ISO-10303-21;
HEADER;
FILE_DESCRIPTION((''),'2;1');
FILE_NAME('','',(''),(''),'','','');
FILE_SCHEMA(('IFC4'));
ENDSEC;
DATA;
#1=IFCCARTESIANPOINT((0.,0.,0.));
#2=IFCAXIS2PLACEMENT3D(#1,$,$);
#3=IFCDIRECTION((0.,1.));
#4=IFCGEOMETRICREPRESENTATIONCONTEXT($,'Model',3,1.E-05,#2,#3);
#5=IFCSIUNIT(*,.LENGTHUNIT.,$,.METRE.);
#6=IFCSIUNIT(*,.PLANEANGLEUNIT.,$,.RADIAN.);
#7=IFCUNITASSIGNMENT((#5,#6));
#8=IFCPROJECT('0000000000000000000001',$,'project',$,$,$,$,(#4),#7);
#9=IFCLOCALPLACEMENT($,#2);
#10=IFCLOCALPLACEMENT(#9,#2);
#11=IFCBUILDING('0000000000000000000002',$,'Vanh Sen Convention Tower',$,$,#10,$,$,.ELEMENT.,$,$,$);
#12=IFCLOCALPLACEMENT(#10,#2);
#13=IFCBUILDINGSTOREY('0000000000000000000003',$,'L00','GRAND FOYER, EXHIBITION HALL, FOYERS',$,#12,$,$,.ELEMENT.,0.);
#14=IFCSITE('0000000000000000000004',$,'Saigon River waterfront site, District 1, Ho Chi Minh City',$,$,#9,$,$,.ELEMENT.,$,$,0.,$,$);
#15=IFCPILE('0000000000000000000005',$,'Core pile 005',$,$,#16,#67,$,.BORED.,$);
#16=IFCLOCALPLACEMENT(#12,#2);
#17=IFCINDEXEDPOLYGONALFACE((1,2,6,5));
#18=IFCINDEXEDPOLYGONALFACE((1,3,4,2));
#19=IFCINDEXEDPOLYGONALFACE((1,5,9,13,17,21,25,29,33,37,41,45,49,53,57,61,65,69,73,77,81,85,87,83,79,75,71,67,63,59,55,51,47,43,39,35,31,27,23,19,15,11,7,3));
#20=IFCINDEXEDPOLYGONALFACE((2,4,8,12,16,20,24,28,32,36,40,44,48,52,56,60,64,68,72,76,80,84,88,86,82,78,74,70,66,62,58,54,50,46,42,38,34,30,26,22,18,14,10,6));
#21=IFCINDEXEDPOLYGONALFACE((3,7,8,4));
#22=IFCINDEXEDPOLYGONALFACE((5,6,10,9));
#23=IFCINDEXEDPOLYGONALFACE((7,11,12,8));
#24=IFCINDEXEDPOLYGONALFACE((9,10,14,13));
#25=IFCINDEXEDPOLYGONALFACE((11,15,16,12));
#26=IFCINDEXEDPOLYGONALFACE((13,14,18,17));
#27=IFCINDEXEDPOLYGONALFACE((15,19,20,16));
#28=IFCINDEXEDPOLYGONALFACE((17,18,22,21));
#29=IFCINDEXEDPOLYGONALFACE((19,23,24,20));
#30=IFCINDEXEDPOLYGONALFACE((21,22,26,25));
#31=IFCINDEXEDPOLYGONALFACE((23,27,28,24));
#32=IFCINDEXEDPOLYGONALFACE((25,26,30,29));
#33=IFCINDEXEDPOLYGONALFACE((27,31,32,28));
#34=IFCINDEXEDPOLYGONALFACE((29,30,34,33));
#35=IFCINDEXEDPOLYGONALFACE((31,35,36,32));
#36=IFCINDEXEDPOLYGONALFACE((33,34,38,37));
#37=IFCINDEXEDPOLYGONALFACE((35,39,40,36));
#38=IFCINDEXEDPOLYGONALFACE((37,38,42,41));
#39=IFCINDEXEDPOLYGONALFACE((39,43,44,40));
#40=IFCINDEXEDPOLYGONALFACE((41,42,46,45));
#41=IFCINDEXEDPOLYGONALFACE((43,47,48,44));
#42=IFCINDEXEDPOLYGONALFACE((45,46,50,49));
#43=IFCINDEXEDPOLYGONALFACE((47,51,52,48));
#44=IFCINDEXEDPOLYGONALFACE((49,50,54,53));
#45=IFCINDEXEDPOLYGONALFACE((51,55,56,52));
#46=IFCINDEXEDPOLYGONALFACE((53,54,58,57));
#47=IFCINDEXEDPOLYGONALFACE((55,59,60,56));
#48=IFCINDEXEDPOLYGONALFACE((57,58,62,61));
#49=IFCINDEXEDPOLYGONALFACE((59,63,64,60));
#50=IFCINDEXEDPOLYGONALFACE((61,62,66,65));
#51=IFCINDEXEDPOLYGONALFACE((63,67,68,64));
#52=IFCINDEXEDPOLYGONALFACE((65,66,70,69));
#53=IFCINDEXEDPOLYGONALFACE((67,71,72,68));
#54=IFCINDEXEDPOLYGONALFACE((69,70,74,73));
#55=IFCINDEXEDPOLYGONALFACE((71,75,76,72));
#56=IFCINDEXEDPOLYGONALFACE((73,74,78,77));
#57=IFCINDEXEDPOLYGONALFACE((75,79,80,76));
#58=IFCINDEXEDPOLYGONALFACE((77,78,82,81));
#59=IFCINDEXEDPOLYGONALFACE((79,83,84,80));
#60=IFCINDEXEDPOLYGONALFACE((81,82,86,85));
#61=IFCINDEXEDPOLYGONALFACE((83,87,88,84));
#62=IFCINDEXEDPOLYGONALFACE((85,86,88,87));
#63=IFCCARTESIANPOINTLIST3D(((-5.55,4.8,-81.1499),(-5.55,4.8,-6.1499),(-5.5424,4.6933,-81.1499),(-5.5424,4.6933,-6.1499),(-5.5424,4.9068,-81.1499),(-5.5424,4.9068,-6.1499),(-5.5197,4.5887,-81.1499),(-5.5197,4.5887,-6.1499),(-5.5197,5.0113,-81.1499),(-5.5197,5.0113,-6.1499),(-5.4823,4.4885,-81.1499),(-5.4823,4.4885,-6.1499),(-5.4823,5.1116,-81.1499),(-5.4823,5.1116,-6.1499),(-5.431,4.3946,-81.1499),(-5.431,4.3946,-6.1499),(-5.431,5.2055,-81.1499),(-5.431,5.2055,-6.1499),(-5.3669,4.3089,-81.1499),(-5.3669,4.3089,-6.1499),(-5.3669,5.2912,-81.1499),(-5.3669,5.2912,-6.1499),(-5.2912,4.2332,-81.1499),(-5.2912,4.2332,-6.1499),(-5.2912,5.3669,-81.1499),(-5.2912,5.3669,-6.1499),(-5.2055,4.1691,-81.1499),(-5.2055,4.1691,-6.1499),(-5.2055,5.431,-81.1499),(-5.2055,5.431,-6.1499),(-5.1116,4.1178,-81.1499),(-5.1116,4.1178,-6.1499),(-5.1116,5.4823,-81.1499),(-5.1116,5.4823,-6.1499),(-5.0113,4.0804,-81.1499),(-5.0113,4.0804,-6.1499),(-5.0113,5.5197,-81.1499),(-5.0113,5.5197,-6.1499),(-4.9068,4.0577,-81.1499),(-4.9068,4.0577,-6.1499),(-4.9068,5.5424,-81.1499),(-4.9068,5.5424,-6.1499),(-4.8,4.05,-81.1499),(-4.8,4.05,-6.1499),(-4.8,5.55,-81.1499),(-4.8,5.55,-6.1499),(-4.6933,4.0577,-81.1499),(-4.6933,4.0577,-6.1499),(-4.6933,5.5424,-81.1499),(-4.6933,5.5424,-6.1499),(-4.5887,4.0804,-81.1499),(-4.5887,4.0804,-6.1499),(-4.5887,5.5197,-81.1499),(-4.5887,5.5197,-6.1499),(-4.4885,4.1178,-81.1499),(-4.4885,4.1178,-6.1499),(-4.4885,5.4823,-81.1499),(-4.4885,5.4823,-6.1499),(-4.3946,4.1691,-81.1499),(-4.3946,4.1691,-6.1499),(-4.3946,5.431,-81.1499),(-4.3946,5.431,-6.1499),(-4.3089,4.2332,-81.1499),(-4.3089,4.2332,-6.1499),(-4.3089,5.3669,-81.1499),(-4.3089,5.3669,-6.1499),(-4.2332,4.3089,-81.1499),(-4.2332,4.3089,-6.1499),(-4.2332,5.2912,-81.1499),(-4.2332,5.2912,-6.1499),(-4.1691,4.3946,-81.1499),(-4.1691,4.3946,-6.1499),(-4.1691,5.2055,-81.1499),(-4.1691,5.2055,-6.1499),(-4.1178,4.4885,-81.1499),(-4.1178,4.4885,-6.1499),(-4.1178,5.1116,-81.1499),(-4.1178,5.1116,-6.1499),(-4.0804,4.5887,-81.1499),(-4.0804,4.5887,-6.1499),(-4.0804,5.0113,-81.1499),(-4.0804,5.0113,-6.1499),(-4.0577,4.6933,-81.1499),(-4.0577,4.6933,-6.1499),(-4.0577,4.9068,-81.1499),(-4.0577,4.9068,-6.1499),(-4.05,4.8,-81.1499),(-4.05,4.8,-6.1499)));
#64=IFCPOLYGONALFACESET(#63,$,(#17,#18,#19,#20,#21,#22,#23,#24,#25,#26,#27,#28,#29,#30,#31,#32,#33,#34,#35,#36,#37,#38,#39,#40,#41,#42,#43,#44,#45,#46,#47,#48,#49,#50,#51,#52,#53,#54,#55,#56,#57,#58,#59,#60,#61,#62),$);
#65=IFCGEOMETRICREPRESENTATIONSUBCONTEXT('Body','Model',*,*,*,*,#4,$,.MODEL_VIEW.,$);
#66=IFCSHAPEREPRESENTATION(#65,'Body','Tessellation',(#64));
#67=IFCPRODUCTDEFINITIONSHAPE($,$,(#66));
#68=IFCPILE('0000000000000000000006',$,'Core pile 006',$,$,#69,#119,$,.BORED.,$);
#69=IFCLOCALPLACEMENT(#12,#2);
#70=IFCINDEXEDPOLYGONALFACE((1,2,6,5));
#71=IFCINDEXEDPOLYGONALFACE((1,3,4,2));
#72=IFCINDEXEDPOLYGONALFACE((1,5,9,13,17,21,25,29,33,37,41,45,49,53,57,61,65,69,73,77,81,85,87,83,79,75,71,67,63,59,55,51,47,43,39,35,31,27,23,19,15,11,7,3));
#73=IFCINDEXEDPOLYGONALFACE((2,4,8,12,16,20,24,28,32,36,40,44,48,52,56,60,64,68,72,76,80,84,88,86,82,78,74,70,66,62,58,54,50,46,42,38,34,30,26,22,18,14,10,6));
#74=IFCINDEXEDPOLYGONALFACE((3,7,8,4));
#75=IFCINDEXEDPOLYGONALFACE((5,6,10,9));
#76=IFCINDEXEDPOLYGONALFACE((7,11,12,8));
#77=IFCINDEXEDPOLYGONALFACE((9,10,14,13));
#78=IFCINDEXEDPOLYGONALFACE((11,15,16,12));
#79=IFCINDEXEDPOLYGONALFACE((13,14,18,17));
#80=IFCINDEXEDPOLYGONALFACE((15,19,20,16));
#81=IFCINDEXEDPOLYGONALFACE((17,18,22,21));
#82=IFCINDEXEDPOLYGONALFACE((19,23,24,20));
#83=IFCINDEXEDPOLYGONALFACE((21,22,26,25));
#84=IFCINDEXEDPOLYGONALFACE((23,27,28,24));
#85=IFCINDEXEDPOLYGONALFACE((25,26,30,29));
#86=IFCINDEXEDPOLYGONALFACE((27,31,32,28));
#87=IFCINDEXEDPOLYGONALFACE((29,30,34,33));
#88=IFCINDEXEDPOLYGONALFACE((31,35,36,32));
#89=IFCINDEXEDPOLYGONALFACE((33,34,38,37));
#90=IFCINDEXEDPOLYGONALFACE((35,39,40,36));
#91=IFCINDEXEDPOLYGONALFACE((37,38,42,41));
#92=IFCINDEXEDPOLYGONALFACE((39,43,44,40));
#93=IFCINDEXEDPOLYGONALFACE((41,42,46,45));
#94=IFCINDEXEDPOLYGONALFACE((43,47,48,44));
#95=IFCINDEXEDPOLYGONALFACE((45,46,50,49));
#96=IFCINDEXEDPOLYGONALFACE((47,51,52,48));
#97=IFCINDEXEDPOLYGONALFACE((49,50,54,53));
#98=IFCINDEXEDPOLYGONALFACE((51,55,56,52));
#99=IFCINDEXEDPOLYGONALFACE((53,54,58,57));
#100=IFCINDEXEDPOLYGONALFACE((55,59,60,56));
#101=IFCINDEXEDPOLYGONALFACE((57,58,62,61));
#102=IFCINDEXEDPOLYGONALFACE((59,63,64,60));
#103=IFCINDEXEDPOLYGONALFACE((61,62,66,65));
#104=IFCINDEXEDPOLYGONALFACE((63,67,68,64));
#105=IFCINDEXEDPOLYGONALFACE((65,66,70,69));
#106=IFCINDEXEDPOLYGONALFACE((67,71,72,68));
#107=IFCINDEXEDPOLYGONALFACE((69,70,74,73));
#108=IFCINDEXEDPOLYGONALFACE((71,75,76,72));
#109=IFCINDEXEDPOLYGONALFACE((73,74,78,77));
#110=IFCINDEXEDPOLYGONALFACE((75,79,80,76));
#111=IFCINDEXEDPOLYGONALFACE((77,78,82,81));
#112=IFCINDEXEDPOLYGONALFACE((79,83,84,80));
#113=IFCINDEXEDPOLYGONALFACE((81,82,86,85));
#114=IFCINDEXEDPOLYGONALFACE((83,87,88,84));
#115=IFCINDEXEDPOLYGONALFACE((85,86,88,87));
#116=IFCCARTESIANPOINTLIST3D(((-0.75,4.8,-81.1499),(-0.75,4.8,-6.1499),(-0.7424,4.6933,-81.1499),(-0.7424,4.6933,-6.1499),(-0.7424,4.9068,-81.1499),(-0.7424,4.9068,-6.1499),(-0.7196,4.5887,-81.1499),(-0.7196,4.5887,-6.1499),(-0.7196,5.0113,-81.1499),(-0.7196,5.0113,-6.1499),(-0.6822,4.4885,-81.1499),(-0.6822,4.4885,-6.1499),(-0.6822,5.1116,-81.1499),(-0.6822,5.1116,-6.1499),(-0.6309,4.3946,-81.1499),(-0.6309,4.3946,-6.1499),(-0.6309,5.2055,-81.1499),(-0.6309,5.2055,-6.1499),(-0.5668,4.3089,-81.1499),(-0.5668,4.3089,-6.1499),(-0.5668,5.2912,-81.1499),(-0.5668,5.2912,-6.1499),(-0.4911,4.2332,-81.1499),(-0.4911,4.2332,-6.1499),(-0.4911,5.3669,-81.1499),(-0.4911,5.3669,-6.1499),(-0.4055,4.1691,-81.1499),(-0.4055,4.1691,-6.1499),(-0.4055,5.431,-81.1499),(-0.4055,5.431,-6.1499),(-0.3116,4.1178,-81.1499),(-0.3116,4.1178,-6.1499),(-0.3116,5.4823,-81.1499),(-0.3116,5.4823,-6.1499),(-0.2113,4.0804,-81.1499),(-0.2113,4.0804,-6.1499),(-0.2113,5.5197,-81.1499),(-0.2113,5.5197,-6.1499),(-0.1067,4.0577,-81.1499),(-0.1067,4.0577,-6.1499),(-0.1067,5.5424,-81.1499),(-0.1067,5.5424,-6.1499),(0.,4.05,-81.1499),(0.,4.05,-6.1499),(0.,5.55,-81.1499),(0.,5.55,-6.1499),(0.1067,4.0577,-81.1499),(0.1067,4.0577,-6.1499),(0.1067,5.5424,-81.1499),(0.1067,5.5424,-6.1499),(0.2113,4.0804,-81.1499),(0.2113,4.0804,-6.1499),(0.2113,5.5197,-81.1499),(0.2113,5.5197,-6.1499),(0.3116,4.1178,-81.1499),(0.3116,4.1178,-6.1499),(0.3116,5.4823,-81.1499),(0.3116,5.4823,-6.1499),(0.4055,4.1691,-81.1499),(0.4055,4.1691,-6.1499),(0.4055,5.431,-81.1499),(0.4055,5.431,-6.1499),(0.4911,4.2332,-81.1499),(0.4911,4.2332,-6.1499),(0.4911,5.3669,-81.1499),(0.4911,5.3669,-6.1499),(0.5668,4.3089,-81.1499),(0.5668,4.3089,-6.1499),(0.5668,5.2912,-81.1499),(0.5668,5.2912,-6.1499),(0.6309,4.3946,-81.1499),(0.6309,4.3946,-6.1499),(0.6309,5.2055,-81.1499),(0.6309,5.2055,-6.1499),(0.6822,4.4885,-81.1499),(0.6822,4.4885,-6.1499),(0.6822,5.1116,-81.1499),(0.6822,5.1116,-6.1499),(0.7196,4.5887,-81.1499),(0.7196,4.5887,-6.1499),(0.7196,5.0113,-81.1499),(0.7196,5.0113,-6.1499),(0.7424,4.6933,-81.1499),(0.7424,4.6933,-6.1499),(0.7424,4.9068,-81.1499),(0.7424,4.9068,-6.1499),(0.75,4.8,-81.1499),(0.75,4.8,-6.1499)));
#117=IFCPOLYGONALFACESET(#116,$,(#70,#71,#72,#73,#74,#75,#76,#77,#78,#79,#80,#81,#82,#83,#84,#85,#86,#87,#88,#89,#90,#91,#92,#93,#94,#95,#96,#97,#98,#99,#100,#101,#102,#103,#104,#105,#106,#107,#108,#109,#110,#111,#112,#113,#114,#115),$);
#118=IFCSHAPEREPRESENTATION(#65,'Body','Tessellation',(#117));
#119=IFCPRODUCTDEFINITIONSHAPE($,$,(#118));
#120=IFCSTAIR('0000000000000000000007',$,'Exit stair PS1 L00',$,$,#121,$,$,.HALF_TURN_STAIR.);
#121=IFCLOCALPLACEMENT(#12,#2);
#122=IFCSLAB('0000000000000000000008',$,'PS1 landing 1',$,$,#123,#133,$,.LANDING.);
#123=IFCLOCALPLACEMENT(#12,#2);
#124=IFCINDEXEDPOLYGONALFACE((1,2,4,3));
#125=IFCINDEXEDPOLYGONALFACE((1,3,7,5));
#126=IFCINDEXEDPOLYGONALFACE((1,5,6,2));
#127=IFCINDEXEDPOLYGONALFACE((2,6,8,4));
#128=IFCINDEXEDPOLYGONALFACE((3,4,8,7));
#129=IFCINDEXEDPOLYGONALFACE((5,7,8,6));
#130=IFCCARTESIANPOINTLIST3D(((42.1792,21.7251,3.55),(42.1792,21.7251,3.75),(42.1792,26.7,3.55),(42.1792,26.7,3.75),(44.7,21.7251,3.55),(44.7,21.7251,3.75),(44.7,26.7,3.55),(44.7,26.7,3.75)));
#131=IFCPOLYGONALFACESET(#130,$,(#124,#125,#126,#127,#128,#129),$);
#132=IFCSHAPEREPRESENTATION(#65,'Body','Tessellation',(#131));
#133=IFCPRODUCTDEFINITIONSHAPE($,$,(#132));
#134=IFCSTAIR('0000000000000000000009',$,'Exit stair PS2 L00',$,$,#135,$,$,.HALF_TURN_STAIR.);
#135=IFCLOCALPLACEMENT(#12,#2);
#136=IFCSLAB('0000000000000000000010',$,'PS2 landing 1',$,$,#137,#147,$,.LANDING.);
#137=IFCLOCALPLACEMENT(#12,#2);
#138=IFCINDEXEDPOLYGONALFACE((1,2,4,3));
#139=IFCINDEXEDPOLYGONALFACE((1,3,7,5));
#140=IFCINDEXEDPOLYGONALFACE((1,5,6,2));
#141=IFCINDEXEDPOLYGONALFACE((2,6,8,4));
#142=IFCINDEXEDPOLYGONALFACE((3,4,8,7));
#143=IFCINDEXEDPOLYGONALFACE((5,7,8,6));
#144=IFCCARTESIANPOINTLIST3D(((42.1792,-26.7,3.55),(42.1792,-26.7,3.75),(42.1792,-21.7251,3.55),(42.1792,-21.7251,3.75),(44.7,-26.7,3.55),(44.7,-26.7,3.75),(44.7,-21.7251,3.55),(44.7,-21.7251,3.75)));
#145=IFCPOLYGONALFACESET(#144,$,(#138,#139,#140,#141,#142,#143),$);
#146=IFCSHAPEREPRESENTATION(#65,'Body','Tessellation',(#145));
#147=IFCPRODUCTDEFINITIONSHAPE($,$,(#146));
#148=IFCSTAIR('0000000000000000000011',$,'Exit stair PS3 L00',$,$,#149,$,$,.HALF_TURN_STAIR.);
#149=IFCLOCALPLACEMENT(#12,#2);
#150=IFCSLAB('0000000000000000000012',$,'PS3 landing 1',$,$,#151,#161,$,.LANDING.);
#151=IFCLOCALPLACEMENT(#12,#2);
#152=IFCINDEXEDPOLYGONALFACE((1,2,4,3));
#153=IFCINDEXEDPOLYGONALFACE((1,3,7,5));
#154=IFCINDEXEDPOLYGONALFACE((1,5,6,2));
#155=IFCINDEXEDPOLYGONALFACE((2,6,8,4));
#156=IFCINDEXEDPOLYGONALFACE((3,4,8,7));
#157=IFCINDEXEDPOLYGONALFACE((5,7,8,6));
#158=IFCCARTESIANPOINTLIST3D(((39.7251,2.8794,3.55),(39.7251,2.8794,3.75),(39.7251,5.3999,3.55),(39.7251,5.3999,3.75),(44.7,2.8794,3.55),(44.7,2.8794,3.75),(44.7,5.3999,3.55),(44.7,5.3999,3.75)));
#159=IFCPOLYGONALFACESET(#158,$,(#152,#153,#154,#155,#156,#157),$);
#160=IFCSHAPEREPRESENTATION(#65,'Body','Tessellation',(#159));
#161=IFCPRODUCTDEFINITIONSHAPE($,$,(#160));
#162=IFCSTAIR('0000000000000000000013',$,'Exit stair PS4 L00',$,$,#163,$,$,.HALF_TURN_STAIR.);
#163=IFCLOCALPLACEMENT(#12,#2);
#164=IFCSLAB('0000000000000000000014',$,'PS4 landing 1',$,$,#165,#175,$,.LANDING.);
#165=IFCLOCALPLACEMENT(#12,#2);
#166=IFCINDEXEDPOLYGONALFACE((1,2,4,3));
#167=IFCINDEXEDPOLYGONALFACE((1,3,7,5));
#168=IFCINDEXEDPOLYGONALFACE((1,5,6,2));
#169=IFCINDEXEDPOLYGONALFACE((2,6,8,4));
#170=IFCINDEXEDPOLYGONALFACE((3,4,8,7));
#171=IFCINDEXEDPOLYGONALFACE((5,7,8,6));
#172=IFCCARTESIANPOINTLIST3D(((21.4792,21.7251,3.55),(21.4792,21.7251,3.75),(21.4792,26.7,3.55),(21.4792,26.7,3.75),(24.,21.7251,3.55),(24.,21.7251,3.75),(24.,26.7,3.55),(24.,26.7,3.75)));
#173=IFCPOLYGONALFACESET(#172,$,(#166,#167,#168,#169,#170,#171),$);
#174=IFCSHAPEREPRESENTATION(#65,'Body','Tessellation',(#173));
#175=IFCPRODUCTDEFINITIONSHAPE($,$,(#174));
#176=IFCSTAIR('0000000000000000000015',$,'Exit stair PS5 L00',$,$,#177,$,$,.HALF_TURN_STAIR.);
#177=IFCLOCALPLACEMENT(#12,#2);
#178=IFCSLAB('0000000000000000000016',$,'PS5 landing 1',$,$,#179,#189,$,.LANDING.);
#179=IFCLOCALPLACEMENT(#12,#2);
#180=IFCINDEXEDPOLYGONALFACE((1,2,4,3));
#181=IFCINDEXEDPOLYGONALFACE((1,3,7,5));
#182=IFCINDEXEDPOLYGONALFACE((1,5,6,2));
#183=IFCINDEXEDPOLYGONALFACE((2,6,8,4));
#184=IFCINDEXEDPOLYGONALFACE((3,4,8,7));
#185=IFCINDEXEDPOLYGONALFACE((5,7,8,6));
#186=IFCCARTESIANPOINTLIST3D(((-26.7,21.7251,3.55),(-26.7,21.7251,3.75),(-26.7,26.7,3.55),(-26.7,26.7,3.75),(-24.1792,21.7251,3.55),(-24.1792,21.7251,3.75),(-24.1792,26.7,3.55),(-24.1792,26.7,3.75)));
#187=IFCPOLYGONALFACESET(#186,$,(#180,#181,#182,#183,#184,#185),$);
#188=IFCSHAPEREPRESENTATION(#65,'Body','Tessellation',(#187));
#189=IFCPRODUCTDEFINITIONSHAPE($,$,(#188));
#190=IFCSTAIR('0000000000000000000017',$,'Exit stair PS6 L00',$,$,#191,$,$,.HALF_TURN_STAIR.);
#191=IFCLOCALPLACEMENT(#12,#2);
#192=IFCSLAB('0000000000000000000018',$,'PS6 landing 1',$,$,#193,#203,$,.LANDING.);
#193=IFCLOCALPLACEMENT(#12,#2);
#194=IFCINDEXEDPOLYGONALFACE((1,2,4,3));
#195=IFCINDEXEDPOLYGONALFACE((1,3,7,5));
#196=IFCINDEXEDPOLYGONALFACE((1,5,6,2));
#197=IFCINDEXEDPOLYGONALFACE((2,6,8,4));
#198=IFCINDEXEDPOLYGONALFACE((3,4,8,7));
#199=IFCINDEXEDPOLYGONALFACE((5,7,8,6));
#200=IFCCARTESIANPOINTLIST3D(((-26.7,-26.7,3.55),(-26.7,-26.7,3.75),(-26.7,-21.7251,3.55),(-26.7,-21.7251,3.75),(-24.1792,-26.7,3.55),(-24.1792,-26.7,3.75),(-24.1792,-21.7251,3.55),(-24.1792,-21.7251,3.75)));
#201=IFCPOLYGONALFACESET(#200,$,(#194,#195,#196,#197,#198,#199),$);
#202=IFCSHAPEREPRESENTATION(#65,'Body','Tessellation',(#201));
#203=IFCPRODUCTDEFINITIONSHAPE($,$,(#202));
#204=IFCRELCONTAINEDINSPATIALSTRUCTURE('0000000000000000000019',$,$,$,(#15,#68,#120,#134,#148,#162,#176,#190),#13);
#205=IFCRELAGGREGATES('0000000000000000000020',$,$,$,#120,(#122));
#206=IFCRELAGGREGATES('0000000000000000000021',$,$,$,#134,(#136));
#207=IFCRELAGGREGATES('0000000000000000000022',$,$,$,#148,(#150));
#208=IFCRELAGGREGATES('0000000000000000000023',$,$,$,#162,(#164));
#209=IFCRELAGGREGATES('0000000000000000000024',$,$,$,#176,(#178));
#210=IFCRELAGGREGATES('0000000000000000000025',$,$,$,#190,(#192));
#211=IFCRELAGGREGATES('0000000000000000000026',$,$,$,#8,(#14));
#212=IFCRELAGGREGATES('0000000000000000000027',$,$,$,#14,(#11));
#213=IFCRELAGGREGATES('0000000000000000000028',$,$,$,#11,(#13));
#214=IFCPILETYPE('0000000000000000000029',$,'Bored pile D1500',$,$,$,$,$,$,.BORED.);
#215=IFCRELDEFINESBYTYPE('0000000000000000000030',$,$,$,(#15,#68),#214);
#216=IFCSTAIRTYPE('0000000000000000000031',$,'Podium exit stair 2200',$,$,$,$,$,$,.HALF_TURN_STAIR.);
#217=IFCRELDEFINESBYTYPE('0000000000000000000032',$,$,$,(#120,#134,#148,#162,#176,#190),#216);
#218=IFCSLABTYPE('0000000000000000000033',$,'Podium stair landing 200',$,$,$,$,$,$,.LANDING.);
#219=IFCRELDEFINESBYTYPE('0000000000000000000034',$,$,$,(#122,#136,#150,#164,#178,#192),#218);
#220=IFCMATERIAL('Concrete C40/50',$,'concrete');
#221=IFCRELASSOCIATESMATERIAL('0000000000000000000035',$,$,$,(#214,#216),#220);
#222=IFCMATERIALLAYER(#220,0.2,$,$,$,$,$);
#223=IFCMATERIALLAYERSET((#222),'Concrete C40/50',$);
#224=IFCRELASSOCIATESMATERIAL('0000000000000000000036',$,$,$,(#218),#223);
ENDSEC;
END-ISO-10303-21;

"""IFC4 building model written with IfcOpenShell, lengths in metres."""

from ifc_helpers import new_model, si_unit, direction, frame, origin, origin_2d, place, context, subcontext, project, spatial, polyline, circle, outline, extrude, material, layer, layer_set, material_profile, profile_set, type_object, element, aggregate, save


model = new_model("IFC4")

# Units and contexts
model_context = context("Model", 3, precision=1e-05, world=origin(), true_north=direction((0.0, 1.0)))
body_context = subcontext(model_context, "Body", "Model", "MODEL_VIEW")
ifc_project = project(units=[si_unit("LENGTHUNIT", "METRE"), si_unit("PLANEANGLEUNIT", "RADIAN")], contexts=[model_context])

# Site, building, storey
site_placement = place(None, origin())
site = spatial("IfcSite", under=ifc_project, at=site_placement, Name="Saigon River waterfront site, District 1, Ho Chi Minh City", CompositionType="ELEMENT", RefElevation=0.0)
building_placement = place(site_placement, origin())
building = spatial("IfcBuilding", under=site, at=building_placement, Name="Vanh Sen Convention Tower", CompositionType="ELEMENT")
storey_placement = place(building_placement, origin())
storey = spatial("IfcBuildingStorey", under=building, at=storey_placement, Name="L00", Description="GRAND FOYER, EXHIBITION HALL, FOYERS", CompositionType="ELEMENT", Elevation=0.0)

# Piles
ifc_material_1 = material(Name="Concrete C40/50", Category="concrete")
ifc_material_profile = material_profile(ifc_material_1, circle(Radius=0.75, at=origin_2d()), Name="Bored pile D1500")
ifc_profile_set = profile_set([ifc_material_profile], Name="Concrete C40/50")
pile_type = type_object("IfcPileType", Name="Bored pile D1500", PredefinedType="BORED", material=ifc_profile_set)
for number, where, z_axis, x_axis, name in (
    (1, (-4.8, 4.8, -6.1499), (0.0, 0.0, -1.0), (1.0, 0.0, 0.0), "Core pile 005"),
    (2, (0.0, 4.8, -6.1499), (0.0, 0.0, -1.0), (1.0, 0.0, 0.0), "Core pile 006"),
):
    element("IfcPile", number, at=place(storey_placement, frame(where, z_axis=z_axis, x_axis=x_axis)), inside=storey, type_object=pile_type, Name=name, PredefinedType="BORED", context=body_context, shape_type="SweptSolid", body=[
        extrude(circle(Radius=0.75, at=origin_2d()), origin(), (0.0, 0.0, 1.0), 75.0),
    ])

# Stairs, slabs
stair_type = type_object("IfcStairType", Name="Podium exit stair 2200", PredefinedType="HALF_TURN_STAIR", material=ifc_material_1)
stair_1_placement = place(storey_placement, origin())
stair_1 = element("IfcStair", 3, at=stair_1_placement, inside=storey, type_object=stair_type, Name="Exit stair PS1 L00", PredefinedType="HALF_TURN_STAIR")
ifc_layer_1 = layer(ifc_material_1, 0.2)
ifc_layer_set_1 = layer_set([ifc_layer_1], Name="Concrete C40/50")
slab_type = type_object("IfcSlabType", Name="Podium stair landing 200", PredefinedType="LANDING", material=ifc_layer_set_1)
slab_1_placement = place(storey_placement, frame((0.0, 0.0, 3.55)))
slab_1 = element("IfcSlab", 4, at=slab_1_placement, type_object=slab_type, Name="PS1 landing 1", PredefinedType="LANDING", context=body_context, shape_type="SweptSolid", body=[
    extrude(outline(polyline([(42.1792, 21.7251), (44.7, 21.7251), (44.7, 26.7), (42.1792, 26.7), (42.1792, 21.7251)])), origin(), (0.0, 0.0, 1.0), 0.2),
])
aggregate(stair_1, [slab_1])
stair_2_placement = place(storey_placement, origin())
stair_2 = element("IfcStair", 5, at=stair_2_placement, inside=storey, type_object=stair_type, Name="Exit stair PS2 L00", PredefinedType="HALF_TURN_STAIR")
slab_2_placement = place(storey_placement, frame((0.0, 0.0, 3.55)))
slab_2 = element("IfcSlab", 6, at=slab_2_placement, type_object=slab_type, Name="PS2 landing 1", PredefinedType="LANDING", context=body_context, shape_type="SweptSolid", body=[
    extrude(outline(polyline([(42.1792, -21.7251), (44.7, -21.7251), (44.7, -26.7), (42.1792, -26.7), (42.1792, -21.7251)])), origin(), (0.0, 0.0, 1.0), 0.2),
])
aggregate(stair_2, [slab_2])
stair_3_placement = place(storey_placement, origin())
stair_3 = element("IfcStair", 7, at=stair_3_placement, inside=storey, type_object=stair_type, Name="Exit stair PS3 L00", PredefinedType="HALF_TURN_STAIR")
slab_3_placement = place(storey_placement, frame((0.0, 0.0, 3.55)))
slab_3 = element("IfcSlab", 8, at=slab_3_placement, type_object=slab_type, Name="PS3 landing 1", PredefinedType="LANDING", context=body_context, shape_type="SweptSolid", body=[
    extrude(outline(polyline([(39.7251, 2.8794), (39.7251, 5.3999), (44.7, 5.3999), (44.7, 2.8794), (39.7251, 2.8794)])), origin(), (0.0, 0.0, 1.0), 0.2),
])
aggregate(stair_3, [slab_3])
stair_4_placement = place(storey_placement, origin())
stair_4 = element("IfcStair", 9, at=stair_4_placement, inside=storey, type_object=stair_type, Name="Exit stair PS4 L00", PredefinedType="HALF_TURN_STAIR")
slab_4_placement = place(storey_placement, frame((0.0, 0.0, 3.55)))
slab_4 = element("IfcSlab", 10, at=slab_4_placement, type_object=slab_type, Name="PS4 landing 1", PredefinedType="LANDING", context=body_context, shape_type="SweptSolid", body=[
    extrude(outline(polyline([(21.4792, 21.7251), (24.0, 21.7251), (24.0, 26.7), (21.4792, 26.7), (21.4792, 21.7251)])), origin(), (0.0, 0.0, 1.0), 0.2),
])
aggregate(stair_4, [slab_4])
stair_5_placement = place(storey_placement, origin())
stair_5 = element("IfcStair", 11, at=stair_5_placement, inside=storey, type_object=stair_type, Name="Exit stair PS5 L00", PredefinedType="HALF_TURN_STAIR")
slab_5_placement = place(storey_placement, frame((0.0, 0.0, 3.55)))
slab_5 = element("IfcSlab", 12, at=slab_5_placement, type_object=slab_type, Name="PS5 landing 1", PredefinedType="LANDING", context=body_context, shape_type="SweptSolid", body=[
    extrude(outline(polyline([(-24.1792, 21.7251), (-26.7, 21.7251), (-26.7, 26.7), (-24.1792, 26.7), (-24.1792, 21.7251)])), origin(), (0.0, 0.0, 1.0), 0.2),
])
aggregate(stair_5, [slab_5])
stair_6_placement = place(storey_placement, origin())
stair_6 = element("IfcStair", 13, at=stair_6_placement, inside=storey, type_object=stair_type, Name="Exit stair PS6 L00", PredefinedType="HALF_TURN_STAIR")
slab_6_placement = place(storey_placement, frame((0.0, 0.0, 3.55)))
slab_6 = element("IfcSlab", 14, at=slab_6_placement, type_object=slab_type, Name="PS6 landing 1", PredefinedType="LANDING", context=body_context, shape_type="SweptSolid", body=[
    extrude(outline(polyline([(-24.1792, -21.7251), (-26.7, -21.7251), (-26.7, -26.7), (-24.1792, -26.7), (-24.1792, -21.7251)])), origin(), (0.0, 0.0, 1.0), 0.2),
])
aggregate(stair_6, [slab_6])

save(model, "model.ifc")
